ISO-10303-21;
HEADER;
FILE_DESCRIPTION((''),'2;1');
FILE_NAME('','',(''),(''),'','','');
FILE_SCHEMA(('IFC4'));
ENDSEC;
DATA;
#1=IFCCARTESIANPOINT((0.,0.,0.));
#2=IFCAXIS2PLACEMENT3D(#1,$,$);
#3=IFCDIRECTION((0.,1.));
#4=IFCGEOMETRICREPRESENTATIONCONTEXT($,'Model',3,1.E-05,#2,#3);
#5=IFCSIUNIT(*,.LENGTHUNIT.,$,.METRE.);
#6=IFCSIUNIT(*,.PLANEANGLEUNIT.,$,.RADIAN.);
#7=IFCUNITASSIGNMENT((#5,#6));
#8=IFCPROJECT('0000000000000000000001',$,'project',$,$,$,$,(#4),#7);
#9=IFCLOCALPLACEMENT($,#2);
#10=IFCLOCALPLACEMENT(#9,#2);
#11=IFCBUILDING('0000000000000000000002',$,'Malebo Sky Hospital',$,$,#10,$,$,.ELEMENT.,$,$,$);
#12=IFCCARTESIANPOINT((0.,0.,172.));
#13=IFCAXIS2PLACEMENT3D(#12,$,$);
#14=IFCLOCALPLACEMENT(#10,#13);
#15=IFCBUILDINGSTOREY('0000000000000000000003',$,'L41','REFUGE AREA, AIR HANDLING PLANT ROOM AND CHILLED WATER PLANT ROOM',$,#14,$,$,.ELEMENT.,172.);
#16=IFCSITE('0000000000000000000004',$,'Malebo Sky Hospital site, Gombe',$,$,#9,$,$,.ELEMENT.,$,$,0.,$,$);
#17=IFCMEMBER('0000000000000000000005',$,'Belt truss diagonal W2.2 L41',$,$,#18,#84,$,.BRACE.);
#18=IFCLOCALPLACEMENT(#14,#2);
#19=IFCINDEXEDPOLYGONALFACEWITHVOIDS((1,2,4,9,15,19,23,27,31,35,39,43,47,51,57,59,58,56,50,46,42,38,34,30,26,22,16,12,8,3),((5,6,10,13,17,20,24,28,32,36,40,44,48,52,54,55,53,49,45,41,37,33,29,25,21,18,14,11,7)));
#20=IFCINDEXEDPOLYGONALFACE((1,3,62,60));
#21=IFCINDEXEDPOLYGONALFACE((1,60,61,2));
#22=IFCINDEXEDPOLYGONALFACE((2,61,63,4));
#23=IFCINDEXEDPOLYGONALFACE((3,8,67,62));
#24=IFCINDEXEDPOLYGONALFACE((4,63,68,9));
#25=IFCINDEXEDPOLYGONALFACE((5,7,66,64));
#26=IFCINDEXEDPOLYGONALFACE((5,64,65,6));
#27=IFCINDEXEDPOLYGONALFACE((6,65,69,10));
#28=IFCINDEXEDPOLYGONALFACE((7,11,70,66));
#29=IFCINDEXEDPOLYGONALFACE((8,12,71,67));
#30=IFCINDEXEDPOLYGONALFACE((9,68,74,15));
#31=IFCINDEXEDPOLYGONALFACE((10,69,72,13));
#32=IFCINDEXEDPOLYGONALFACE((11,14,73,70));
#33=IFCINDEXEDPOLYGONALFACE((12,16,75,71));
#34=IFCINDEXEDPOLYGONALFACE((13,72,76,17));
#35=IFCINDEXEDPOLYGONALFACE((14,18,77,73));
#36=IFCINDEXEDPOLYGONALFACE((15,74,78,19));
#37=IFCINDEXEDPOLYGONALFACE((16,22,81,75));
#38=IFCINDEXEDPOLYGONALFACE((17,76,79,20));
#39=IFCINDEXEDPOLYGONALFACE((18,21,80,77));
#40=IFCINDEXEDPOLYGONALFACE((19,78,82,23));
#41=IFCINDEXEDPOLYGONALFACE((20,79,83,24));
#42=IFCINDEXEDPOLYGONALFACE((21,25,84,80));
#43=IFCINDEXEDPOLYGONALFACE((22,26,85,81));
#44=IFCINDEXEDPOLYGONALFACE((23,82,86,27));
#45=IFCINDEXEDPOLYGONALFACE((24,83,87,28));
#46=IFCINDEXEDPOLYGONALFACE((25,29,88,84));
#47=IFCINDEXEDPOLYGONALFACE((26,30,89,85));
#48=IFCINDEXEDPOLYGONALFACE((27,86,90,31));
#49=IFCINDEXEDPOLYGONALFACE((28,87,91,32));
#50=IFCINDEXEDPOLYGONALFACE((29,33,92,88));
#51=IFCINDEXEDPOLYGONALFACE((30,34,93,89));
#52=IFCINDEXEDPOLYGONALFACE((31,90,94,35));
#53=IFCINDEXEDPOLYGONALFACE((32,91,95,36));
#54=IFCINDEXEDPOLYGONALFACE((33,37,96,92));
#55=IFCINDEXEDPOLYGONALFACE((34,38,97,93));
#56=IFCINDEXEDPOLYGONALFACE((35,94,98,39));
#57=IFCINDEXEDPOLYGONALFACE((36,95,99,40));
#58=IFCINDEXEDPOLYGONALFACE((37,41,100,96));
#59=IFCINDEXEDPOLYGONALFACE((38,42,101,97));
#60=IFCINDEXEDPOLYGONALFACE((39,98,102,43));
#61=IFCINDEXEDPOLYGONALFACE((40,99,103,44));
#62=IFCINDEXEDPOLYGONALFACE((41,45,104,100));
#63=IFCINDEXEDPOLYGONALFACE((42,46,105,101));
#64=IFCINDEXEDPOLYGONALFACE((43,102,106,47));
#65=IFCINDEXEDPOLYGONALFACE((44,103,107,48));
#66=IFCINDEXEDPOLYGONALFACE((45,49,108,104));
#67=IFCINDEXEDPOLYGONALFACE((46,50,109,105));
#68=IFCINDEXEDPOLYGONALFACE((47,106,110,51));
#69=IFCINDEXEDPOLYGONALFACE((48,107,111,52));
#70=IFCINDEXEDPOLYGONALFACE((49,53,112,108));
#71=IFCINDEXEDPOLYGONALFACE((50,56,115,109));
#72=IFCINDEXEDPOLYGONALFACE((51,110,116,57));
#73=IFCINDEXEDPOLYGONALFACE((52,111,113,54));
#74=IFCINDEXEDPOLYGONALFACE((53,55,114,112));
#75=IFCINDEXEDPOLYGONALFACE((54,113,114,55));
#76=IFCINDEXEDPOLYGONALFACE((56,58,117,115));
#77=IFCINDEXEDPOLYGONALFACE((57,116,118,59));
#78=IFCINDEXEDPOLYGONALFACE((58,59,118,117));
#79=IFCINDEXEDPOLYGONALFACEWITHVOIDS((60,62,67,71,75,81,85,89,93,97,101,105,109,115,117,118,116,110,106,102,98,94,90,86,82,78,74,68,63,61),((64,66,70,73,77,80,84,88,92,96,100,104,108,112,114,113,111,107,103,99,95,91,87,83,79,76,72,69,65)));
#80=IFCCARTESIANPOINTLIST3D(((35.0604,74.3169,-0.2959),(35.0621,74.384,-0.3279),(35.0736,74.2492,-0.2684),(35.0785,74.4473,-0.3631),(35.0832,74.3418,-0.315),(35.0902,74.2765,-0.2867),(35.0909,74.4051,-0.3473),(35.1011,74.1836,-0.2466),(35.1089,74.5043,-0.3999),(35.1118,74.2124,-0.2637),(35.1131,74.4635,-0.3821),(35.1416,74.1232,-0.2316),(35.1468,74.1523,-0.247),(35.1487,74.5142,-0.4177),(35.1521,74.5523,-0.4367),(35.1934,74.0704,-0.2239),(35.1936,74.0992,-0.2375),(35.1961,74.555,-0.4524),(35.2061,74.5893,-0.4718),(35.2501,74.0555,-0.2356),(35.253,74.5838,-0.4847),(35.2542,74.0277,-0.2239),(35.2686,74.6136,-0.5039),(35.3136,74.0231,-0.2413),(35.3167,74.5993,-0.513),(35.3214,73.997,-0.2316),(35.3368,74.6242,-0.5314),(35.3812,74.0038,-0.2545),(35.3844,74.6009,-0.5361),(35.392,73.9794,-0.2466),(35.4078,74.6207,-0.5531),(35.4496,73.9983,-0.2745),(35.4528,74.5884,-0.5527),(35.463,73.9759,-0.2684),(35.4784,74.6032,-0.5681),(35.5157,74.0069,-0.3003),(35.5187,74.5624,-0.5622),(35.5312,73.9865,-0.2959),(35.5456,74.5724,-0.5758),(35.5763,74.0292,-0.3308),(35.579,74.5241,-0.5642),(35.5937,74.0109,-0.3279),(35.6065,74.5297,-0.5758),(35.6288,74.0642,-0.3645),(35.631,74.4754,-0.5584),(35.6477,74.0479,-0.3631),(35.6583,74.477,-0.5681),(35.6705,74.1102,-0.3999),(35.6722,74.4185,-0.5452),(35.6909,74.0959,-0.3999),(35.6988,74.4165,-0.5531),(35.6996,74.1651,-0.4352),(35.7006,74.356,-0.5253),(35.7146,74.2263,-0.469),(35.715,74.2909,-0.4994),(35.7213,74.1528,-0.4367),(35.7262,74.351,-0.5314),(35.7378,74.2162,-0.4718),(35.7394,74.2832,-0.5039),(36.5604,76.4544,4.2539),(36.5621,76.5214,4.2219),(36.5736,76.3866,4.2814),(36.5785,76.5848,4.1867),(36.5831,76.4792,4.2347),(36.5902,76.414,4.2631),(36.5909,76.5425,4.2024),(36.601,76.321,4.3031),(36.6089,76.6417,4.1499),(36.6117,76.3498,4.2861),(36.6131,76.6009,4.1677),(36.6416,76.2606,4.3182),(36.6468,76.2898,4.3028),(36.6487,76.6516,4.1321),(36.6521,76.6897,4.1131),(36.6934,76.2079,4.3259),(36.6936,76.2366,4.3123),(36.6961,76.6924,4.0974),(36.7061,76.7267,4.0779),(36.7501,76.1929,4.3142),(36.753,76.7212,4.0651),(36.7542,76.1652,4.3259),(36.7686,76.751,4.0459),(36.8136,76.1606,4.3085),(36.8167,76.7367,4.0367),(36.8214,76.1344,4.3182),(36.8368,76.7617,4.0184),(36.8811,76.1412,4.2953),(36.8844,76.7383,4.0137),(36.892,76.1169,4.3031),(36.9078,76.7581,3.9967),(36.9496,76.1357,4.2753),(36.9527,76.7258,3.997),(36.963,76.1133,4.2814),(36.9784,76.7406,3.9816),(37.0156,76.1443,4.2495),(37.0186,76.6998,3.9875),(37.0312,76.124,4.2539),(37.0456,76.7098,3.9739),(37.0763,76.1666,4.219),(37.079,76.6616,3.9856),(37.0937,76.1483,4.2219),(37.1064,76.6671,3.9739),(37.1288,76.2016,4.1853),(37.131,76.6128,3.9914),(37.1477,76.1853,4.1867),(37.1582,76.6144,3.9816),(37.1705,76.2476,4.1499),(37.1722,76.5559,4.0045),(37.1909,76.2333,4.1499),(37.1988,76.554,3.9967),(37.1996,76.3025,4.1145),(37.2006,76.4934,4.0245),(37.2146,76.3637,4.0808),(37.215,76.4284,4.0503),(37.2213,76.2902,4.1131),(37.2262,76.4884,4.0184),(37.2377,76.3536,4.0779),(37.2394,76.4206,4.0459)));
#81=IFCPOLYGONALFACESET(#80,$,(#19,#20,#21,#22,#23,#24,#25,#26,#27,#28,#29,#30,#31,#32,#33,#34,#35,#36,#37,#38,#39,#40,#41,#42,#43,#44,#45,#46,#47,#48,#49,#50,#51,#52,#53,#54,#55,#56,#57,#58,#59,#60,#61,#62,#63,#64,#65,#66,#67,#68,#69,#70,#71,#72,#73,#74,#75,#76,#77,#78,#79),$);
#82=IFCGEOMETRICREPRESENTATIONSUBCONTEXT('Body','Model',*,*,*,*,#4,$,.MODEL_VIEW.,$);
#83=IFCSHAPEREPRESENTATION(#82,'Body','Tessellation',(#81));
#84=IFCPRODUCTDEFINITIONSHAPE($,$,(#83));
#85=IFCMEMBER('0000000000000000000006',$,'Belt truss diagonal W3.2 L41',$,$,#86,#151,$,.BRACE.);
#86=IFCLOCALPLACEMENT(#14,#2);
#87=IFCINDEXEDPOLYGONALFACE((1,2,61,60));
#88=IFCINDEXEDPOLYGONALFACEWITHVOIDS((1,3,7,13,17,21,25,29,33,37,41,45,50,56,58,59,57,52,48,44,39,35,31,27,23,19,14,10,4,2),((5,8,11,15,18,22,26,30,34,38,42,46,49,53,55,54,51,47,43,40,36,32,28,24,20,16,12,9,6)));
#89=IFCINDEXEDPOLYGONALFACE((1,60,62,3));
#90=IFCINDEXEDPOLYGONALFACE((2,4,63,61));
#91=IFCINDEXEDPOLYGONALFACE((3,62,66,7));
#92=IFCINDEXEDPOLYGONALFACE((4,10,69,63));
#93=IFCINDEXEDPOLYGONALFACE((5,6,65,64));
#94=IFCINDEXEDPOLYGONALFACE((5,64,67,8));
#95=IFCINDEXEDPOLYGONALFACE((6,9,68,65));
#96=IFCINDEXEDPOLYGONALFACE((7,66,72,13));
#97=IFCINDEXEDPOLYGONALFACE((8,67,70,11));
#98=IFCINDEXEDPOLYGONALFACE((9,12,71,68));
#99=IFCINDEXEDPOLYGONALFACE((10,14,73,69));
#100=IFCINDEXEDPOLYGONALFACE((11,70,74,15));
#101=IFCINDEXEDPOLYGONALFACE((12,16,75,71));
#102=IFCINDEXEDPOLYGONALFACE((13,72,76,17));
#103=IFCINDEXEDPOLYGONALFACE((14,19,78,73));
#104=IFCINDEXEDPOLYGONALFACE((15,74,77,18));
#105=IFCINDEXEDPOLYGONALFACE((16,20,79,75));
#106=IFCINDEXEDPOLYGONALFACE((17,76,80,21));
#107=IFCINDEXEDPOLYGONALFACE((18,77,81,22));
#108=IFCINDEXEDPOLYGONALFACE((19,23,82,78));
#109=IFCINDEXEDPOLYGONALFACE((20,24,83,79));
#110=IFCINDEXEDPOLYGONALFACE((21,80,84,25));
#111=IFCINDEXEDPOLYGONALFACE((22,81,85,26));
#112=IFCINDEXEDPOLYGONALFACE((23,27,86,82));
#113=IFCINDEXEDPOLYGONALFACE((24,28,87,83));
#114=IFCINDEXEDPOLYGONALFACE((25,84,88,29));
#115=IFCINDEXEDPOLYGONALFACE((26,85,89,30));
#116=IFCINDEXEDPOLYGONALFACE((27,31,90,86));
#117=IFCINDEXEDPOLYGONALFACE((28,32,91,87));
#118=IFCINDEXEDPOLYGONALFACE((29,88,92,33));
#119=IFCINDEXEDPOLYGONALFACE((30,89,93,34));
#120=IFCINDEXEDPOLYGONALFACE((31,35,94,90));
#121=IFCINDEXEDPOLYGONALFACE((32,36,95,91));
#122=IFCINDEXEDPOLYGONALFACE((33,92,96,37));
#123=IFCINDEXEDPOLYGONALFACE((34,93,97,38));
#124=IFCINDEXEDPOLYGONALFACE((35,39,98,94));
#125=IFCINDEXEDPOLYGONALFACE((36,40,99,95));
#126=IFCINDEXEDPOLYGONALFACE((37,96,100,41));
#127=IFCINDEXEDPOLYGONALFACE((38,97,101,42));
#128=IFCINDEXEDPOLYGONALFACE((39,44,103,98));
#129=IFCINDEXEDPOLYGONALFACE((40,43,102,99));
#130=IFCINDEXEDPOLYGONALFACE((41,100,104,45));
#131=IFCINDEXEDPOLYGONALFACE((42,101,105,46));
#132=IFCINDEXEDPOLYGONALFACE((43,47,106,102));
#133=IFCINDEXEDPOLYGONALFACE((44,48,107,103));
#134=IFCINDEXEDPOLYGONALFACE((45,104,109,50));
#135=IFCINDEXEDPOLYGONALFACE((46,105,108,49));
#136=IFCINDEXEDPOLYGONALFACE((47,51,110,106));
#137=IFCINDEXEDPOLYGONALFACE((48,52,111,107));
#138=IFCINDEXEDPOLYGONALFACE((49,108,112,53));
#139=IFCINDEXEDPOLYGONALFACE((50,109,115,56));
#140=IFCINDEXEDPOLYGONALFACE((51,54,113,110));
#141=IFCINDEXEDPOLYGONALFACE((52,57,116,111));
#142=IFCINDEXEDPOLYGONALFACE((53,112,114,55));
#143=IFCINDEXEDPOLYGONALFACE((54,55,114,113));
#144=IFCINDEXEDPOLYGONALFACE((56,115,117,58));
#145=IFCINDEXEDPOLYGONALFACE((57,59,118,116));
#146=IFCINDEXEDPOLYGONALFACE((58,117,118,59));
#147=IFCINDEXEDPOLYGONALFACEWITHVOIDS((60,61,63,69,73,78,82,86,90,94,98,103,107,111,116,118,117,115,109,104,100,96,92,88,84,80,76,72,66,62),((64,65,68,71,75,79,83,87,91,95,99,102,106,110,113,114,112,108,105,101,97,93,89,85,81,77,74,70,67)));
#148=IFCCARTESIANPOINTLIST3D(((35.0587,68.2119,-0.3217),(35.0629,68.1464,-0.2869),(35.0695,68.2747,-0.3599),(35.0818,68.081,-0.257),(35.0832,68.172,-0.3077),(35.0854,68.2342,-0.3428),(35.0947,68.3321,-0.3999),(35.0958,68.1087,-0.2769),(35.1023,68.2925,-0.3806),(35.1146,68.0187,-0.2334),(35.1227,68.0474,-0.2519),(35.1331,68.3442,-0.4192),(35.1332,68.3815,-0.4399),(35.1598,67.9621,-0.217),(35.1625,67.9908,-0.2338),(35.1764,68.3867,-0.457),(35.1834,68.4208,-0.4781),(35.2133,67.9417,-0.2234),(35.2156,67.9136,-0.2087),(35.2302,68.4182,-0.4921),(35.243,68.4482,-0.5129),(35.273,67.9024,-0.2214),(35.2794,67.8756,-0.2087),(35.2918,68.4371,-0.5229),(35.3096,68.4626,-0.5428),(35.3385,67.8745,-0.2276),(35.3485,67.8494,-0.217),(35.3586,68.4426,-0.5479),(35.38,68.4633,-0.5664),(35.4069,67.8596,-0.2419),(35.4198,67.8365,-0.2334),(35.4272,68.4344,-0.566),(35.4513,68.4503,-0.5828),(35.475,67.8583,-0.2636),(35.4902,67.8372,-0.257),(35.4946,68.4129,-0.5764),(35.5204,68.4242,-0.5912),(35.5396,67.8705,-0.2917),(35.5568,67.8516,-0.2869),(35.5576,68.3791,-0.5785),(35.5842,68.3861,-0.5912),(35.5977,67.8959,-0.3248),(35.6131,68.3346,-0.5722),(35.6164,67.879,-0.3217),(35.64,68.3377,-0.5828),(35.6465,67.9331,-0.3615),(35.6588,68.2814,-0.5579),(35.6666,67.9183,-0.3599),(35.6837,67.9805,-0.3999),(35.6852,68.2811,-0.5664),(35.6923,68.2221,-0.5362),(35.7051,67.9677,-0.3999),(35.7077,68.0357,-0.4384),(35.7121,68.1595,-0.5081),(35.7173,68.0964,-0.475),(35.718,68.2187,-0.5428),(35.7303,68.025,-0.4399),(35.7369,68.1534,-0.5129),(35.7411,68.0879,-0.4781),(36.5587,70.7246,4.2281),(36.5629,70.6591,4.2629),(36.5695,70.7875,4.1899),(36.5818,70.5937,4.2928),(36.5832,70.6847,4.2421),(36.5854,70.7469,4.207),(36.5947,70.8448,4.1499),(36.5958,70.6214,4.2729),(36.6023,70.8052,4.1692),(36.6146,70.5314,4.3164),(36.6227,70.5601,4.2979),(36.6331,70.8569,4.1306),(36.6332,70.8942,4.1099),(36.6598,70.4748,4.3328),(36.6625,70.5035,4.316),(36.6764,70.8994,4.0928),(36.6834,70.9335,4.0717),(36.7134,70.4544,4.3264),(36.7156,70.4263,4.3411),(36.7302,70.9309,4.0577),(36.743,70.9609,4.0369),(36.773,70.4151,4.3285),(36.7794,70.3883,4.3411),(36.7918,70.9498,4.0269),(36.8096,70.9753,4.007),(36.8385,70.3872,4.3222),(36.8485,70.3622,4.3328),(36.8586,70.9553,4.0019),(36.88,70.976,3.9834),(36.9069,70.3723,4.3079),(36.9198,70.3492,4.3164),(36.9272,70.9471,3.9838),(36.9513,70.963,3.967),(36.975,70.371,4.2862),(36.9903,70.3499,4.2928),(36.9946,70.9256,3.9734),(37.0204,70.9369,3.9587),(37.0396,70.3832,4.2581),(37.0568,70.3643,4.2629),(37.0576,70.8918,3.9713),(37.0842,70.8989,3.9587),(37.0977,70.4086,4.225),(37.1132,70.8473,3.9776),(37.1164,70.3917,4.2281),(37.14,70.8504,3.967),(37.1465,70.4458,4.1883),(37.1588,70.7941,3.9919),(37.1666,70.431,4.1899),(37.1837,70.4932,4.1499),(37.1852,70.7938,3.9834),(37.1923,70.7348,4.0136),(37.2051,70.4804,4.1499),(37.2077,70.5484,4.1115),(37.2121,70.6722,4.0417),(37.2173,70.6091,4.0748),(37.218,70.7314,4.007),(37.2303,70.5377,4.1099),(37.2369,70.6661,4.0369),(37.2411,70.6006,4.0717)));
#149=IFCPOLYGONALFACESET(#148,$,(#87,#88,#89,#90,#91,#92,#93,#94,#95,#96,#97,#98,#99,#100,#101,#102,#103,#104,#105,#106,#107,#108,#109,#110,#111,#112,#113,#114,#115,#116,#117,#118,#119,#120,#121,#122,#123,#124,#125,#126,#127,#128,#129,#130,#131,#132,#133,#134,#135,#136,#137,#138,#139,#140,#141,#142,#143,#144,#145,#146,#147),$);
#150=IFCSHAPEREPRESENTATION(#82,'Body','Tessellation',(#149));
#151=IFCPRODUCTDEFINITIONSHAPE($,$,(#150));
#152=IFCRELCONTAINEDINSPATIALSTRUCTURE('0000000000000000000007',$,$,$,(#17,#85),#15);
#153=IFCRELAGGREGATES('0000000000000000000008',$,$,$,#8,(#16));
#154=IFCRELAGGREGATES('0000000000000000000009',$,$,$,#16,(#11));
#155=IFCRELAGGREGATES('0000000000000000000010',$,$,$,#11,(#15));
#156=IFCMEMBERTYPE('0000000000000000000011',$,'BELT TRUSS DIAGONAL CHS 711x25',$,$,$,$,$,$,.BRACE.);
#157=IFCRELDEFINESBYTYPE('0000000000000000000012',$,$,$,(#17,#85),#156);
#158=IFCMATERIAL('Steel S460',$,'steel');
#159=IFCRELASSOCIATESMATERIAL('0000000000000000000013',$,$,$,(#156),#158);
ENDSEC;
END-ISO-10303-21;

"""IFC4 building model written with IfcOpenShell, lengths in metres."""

from ifc_helpers import new_model, si_unit, direction, frame, origin, origin_2d, place, context, subcontext, project, spatial, hollow_circle, extrude, material, material_profile, profile_set, type_object, element, save


model = new_model("IFC4")

# Units and contexts
model_context = context("Model", 3, precision=1e-05, world=origin(), true_north=direction((0.0, 1.0)))
body_context = subcontext(model_context, "Body", "Model", "MODEL_VIEW")
ifc_project = project(units=[si_unit("LENGTHUNIT", "METRE"), si_unit("PLANEANGLEUNIT", "RADIAN")], contexts=[model_context])

# Site, building, storey
site_placement = place(None, origin())
site = spatial("IfcSite", under=ifc_project, at=site_placement, Name="Malebo Sky Hospital site, Gombe", CompositionType="ELEMENT", RefElevation=0.0)
building_placement = place(site_placement, origin())
building = spatial("IfcBuilding", under=site, at=building_placement, Name="Malebo Sky Hospital", CompositionType="ELEMENT")
storey_placement = place(building_placement, frame((0.0, 0.0, 172.0)))
storey = spatial("IfcBuildingStorey", under=building, at=storey_placement, Name="L41", Description="REFUGE AREA, AIR HANDLING PLANT ROOM AND CHILLED WATER PLANT ROOM", CompositionType="ELEMENT", Elevation=172.0)

# Members
ifc_material_1 = material(Name="Steel S460", Category="steel")
ifc_material_profile = material_profile(ifc_material_1, hollow_circle(Radius=0.3555, WallThickness=0.0249, at=origin_2d()), Name="CHS 711x25")
ifc_profile_set = profile_set([ifc_material_profile], Name="Steel S460")
member_type = type_object("IfcMemberType", Name="BELT TRUSS DIAGONAL CHS 711x25", PredefinedType="BRACE", material=ifc_profile_set)
member_1_placement = place(storey_placement, frame((36.8999, 76.4375, 4.1499), z_axis=(-0.285938, -0.407452, -0.867308), x_axis=(0.818551, -0.574435, 0.0)))
element("IfcMember", 1, at=member_1_placement, inside=storey, type_object=member_type, Name="Belt truss diagonal W2.2 L41", PredefinedType="BRACE", context=body_context, shape_type="SweptSolid", body=[
    extrude(hollow_circle(Radius=0.3555, WallThickness=0.0249, at=origin_2d()), origin(), (0.0, 0.0, 1.0), 5.2458),
])
member_2_placement = place(storey_placement, frame((36.8999, 70.6626, 4.1499), z_axis=(-0.277282, -0.464484, -0.841053), x_axis=(0.858639, -0.512581, 0.0)))
element("IfcMember", 2, at=member_2_placement, inside=storey, type_object=member_type, Name="Belt truss diagonal W3.2 L41", PredefinedType="BRACE", context=body_context, shape_type="SweptSolid", body=[
    extrude(hollow_circle(Radius=0.3555, WallThickness=0.0249, at=origin_2d()), origin(), (0.0, 0.0, 1.0), 5.4097),
])

save(model, "model.ifc")
